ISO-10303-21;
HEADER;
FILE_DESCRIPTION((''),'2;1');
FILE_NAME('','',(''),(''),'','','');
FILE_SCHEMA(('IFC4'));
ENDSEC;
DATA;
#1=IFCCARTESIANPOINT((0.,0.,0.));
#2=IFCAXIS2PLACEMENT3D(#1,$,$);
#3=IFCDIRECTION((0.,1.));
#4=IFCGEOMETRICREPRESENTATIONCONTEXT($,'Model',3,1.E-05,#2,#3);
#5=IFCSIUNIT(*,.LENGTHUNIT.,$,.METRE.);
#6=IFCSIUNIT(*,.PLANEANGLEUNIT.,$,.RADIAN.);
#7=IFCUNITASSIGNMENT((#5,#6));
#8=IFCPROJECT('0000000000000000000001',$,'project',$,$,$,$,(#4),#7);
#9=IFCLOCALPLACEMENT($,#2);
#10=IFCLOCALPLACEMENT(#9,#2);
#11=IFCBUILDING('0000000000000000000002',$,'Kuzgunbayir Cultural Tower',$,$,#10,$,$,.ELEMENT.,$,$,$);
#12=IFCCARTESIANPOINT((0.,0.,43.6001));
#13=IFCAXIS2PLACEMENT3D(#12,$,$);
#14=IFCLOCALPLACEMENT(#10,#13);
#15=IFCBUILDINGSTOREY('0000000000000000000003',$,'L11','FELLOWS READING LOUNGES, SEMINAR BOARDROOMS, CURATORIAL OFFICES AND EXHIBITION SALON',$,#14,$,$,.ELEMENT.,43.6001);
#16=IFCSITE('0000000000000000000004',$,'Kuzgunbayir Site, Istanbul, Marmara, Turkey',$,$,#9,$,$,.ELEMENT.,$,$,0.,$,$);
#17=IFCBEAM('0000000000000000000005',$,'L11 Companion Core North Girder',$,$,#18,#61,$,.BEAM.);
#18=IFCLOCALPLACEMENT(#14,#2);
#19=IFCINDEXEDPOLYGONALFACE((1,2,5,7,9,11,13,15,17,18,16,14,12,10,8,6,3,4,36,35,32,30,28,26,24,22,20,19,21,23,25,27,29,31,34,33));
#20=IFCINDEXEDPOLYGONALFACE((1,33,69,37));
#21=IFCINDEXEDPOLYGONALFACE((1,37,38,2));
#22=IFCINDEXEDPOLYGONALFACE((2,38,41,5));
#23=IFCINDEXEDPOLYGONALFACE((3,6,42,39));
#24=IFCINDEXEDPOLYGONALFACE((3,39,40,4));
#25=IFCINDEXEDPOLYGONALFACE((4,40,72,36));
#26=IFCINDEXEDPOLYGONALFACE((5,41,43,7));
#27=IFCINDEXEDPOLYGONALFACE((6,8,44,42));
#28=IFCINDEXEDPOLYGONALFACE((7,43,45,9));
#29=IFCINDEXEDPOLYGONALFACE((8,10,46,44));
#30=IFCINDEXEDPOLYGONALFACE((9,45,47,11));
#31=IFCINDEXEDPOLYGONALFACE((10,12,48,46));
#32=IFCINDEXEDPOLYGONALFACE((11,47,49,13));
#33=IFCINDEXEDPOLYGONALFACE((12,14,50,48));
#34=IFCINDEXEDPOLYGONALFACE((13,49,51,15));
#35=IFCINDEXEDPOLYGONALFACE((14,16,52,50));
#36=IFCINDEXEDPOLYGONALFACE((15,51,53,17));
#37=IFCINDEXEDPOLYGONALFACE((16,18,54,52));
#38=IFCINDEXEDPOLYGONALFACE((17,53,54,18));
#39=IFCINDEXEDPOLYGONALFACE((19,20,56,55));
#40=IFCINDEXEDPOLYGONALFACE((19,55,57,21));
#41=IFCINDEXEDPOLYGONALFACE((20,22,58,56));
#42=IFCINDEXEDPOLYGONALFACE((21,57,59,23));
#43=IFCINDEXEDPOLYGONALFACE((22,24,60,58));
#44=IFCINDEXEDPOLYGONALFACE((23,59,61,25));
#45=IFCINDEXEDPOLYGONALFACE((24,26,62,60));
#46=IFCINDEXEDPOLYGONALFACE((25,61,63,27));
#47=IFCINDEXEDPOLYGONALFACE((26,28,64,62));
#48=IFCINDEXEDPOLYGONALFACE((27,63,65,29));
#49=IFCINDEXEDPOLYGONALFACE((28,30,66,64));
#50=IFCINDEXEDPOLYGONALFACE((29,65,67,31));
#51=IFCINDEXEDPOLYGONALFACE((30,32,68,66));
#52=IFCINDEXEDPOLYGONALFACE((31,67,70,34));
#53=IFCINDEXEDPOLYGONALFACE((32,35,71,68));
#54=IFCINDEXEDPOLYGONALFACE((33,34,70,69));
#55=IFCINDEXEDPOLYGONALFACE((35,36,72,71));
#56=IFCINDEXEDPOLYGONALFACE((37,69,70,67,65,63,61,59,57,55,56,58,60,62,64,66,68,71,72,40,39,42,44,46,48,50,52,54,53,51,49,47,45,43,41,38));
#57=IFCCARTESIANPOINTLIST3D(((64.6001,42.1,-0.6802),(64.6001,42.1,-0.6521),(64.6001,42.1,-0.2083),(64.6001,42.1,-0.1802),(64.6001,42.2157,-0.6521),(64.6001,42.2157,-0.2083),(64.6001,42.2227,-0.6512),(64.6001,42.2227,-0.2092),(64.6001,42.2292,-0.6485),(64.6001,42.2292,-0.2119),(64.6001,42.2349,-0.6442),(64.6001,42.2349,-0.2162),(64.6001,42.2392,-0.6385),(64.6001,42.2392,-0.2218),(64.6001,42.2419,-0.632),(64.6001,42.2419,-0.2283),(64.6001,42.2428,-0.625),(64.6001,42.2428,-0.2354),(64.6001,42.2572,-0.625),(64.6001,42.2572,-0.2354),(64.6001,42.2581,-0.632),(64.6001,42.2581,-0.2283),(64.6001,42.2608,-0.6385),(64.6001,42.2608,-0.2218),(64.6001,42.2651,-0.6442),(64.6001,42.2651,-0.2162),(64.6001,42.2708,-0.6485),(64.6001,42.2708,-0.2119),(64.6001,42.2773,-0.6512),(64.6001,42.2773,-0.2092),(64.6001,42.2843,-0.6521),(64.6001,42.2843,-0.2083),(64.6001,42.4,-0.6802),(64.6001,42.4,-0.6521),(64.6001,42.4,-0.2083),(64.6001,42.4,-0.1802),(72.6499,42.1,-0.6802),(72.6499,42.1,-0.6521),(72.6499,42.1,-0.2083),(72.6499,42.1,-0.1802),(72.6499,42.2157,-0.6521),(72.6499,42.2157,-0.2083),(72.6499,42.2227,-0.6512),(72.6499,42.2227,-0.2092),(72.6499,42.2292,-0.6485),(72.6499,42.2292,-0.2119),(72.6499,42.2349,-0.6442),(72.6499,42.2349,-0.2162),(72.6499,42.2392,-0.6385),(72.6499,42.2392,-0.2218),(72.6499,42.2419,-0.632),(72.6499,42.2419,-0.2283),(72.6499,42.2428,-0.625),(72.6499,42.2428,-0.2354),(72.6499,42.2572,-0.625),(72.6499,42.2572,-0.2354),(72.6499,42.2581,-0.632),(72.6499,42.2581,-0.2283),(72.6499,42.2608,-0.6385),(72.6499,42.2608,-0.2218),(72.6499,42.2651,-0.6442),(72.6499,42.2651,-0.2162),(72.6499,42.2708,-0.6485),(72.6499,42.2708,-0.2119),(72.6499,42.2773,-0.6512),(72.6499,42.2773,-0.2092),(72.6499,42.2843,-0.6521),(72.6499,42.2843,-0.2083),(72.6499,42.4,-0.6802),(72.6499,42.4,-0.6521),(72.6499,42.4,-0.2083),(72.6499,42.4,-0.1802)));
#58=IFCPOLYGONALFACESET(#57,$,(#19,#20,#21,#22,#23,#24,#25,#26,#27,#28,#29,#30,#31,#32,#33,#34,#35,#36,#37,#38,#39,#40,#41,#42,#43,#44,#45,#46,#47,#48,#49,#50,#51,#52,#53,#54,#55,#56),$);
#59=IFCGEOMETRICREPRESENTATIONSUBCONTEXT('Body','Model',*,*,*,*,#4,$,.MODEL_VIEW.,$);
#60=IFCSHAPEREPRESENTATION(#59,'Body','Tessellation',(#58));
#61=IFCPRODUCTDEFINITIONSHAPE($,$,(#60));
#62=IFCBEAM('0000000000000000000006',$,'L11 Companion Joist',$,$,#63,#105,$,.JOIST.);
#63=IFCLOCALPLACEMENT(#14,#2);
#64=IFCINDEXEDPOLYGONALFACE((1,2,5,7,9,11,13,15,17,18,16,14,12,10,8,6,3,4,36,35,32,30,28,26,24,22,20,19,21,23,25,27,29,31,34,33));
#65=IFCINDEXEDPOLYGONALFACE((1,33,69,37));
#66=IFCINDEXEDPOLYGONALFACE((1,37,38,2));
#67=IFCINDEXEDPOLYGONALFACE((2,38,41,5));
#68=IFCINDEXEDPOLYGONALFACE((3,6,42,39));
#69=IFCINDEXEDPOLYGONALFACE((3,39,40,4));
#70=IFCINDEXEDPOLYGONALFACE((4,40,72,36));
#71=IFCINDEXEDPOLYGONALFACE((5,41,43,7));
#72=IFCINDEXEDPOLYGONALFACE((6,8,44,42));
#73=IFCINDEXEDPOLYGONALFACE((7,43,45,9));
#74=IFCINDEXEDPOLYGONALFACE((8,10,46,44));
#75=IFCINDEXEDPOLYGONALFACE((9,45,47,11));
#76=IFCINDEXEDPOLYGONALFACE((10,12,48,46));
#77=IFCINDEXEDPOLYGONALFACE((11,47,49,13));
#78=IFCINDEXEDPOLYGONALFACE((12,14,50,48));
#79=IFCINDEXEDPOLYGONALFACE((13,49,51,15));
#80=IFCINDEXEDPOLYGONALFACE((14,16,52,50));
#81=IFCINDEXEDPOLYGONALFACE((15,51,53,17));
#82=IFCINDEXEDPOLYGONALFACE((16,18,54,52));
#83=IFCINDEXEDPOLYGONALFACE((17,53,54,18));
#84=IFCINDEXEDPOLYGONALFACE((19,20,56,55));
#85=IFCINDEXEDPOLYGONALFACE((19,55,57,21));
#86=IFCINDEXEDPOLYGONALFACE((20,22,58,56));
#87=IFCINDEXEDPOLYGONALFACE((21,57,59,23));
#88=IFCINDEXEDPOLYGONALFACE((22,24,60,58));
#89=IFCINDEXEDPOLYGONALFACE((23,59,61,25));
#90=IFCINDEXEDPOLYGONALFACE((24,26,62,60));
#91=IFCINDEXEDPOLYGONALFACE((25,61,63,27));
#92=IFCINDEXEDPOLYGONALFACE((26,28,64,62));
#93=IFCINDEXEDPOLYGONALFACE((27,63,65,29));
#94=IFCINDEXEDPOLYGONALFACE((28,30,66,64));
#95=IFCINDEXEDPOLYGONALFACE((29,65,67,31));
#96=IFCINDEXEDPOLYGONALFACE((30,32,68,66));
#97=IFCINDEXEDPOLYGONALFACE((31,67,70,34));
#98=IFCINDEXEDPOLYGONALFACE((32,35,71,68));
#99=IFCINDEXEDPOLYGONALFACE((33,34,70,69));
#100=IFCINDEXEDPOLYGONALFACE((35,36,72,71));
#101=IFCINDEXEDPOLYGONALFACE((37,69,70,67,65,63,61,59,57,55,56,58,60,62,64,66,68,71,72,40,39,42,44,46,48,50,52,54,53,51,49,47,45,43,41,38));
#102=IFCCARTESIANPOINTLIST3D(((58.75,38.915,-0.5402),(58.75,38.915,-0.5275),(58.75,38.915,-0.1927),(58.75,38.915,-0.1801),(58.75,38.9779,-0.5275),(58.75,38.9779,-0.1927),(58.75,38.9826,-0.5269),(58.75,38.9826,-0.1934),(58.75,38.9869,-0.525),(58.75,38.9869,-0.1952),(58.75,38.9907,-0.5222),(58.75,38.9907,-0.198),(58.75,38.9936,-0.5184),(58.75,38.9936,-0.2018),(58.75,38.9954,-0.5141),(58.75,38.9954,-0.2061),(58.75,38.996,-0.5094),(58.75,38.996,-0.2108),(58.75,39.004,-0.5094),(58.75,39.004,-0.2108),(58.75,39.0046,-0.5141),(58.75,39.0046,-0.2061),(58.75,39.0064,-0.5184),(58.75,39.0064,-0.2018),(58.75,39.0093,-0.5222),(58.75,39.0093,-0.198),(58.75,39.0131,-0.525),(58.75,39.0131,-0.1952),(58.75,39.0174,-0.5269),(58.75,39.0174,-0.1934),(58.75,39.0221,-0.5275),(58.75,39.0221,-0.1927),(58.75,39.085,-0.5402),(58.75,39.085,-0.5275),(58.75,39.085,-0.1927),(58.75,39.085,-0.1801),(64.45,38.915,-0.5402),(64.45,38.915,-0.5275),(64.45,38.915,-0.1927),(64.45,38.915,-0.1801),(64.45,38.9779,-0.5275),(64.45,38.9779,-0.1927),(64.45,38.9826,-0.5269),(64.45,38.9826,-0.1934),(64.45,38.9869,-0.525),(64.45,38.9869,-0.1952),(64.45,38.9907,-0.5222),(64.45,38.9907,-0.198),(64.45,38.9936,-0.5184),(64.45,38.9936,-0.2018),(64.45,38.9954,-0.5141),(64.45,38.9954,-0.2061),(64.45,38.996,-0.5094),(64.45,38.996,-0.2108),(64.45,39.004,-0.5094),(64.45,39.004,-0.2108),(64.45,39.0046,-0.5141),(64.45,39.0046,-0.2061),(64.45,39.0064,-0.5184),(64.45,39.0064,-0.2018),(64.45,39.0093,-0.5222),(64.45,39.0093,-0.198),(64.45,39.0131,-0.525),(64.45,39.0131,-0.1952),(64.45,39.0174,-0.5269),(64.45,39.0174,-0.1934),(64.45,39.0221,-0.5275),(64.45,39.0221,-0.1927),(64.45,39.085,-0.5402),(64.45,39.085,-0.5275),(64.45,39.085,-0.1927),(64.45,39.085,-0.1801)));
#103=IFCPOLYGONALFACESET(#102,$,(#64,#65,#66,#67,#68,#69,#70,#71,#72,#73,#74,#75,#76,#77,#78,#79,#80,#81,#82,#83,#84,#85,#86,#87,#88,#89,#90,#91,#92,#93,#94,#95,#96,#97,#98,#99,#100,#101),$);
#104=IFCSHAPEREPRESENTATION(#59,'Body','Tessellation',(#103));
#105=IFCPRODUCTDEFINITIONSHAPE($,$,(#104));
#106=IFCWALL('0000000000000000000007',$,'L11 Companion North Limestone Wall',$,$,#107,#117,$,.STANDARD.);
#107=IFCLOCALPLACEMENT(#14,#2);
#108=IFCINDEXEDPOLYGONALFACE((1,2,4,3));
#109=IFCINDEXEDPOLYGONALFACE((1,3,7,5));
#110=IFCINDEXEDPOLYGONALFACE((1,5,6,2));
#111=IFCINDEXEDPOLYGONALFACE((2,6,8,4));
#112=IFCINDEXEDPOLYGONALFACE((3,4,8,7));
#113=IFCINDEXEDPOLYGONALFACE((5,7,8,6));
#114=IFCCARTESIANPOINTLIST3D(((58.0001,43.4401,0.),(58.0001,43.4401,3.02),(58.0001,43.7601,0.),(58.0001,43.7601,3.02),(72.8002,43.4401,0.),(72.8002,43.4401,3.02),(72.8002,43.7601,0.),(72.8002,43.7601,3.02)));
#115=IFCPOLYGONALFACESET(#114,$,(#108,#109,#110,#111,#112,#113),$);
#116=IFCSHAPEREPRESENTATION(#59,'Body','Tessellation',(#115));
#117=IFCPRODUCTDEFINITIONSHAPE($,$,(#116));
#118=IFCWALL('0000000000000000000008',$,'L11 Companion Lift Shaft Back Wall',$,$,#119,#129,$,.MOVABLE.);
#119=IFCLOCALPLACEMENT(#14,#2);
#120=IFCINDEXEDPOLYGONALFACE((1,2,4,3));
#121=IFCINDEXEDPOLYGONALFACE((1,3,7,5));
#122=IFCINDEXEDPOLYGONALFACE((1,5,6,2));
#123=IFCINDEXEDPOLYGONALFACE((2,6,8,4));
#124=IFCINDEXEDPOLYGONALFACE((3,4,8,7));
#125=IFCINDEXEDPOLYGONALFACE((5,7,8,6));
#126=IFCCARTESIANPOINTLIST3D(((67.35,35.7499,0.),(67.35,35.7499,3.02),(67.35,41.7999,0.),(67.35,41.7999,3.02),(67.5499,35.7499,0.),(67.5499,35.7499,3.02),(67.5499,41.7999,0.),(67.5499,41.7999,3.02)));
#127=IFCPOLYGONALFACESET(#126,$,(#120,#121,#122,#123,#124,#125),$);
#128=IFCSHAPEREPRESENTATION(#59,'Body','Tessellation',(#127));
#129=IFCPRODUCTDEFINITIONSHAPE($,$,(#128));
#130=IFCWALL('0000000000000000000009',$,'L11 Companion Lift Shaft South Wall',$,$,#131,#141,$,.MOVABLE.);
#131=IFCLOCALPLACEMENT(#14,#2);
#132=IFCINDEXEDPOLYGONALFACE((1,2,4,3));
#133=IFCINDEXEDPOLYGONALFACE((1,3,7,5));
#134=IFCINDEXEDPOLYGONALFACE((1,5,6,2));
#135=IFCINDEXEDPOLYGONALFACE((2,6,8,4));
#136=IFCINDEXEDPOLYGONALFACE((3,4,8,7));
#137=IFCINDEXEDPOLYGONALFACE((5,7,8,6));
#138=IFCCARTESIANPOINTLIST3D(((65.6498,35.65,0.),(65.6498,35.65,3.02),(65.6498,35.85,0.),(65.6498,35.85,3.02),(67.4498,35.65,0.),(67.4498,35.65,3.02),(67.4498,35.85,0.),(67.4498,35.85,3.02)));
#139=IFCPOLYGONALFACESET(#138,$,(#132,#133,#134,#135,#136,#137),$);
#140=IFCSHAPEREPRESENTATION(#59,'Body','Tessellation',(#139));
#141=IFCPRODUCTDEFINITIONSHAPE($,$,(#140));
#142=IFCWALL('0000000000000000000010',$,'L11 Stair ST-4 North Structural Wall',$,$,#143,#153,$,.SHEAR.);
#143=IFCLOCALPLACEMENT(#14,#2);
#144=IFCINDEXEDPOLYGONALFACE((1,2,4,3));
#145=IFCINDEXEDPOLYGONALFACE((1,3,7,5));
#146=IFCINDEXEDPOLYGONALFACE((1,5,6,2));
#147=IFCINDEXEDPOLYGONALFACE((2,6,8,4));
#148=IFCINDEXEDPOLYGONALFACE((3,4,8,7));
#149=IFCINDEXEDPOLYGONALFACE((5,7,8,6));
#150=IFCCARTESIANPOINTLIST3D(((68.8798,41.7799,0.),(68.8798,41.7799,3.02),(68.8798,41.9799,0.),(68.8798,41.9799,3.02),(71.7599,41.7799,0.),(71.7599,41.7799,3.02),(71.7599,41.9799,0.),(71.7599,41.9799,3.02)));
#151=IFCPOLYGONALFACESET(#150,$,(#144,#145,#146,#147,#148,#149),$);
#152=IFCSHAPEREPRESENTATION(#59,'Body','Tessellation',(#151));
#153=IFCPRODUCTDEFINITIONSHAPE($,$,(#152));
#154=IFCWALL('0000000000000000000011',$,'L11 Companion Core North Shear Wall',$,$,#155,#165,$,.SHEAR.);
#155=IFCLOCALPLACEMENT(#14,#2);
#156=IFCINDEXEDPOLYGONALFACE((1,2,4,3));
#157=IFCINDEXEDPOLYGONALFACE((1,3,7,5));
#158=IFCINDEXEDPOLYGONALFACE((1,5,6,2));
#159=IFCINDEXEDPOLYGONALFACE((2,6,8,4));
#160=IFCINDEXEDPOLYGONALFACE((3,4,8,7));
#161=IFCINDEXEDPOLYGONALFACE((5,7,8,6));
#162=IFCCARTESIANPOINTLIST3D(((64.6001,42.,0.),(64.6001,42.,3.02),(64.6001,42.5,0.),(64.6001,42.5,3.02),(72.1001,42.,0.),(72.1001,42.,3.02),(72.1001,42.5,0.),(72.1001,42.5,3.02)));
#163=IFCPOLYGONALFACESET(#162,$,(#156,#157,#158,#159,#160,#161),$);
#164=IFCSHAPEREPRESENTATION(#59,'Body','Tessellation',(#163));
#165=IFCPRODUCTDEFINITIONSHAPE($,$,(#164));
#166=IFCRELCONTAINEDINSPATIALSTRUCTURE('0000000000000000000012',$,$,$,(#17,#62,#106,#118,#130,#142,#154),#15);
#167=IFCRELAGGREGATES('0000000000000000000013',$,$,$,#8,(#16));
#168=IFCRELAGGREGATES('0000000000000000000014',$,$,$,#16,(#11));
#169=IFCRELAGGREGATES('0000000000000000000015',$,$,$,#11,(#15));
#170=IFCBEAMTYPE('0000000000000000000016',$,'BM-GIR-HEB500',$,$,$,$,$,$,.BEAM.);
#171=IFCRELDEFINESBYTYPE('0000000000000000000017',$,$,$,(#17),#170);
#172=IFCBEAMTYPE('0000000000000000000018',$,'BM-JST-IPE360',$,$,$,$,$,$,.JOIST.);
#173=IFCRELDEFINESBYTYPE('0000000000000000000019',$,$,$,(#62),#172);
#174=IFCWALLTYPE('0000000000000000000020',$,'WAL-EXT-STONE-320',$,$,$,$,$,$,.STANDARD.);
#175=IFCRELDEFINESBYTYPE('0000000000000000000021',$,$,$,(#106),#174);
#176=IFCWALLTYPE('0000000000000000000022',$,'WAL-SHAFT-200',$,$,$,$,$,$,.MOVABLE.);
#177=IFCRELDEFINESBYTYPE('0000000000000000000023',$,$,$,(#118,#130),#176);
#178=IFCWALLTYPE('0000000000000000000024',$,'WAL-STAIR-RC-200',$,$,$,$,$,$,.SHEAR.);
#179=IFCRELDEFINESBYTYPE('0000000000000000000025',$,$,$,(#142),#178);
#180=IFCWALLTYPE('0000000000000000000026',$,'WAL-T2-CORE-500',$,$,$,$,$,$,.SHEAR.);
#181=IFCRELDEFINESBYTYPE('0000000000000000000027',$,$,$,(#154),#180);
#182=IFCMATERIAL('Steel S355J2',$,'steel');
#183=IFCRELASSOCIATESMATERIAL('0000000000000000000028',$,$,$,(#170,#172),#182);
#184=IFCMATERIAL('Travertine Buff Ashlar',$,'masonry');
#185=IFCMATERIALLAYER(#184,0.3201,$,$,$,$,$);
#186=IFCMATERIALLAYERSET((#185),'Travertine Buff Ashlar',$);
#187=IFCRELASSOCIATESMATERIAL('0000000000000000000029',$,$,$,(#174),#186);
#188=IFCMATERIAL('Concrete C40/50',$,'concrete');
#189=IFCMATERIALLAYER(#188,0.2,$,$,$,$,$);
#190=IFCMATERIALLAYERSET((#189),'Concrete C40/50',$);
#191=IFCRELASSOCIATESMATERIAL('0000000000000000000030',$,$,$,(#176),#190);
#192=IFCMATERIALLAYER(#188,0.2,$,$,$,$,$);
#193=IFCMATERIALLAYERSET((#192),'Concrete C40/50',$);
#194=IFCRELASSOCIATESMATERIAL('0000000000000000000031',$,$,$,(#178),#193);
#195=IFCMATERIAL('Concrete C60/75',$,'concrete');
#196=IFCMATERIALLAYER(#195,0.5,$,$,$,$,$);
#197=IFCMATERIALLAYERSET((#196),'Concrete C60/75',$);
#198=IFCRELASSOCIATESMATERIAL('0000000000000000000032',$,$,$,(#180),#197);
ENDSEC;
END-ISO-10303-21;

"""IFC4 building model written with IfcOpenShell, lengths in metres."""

from ifc_helpers import new_model, si_unit, direction, frame, frame_2d, origin, origin_2d, place, context, subcontext, project, spatial, rectangle, i_section, extrude, material, layer, layer_set, material_profile, profile_set, type_object, element, save


model = new_model("IFC4")

# Units and contexts
model_context = context("Model", 3, precision=1e-05, world=origin(), true_north=direction((0.0, 1.0)))
body_context = subcontext(model_context, "Body", "Model", "MODEL_VIEW")
ifc_project = project(units=[si_unit("LENGTHUNIT", "METRE"), si_unit("PLANEANGLEUNIT", "RADIAN")], contexts=[model_context])

# Site, building, storey
site_placement = place(None, origin())
site = spatial("IfcSite", under=ifc_project, at=site_placement, Name="Kuzgunbayir Site, Istanbul, Marmara, Turkey", CompositionType="ELEMENT", RefElevation=0.0)
building_placement = place(site_placement, origin())
building = spatial("IfcBuilding", under=site, at=building_placement, Name="Kuzgunbayir Cultural Tower", CompositionType="ELEMENT")
storey_placement = place(building_placement, frame((0.0, 0.0, 43.6001)))
storey = spatial("IfcBuildingStorey", under=building, at=storey_placement, Name="L11", Description="FELLOWS READING LOUNGES, SEMINAR BOARDROOMS, CURATORIAL OFFICES AND EXHIBITION SALON", CompositionType="ELEMENT", Elevation=43.6001)

# Shared definitions
ifc_material_1 = material(Name="Concrete C60/75", Category="concrete")

# Beams
ifc_material_2 = material(Name="Steel S355J2", Category="steel")
ifc_material_profile_1 = material_profile(ifc_material_2, i_section(OverallWidth=0.3, OverallDepth=0.5, WebThickness=0.0144, FlangeThickness=0.0281, FilletRadius=0.0271, at=origin_2d()), Name="HEB 500")
ifc_profile_set_1 = profile_set([ifc_material_profile_1], Name="Steel S355J2")
beam_type_1 = type_object("IfcBeamType", Name="BM-GIR-HEB500", PredefinedType="BEAM", material=ifc_profile_set_1)
beam_1_placement = place(storey_placement, frame((64.6001, 42.25, -0.4302), z_axis=(1.0, 0.0, 0.0), x_axis=(0.0, 1.0, 0.0)))
element("IfcBeam", 1, at=beam_1_placement, inside=storey, type_object=beam_type_1, Name="L11 Companion Core North Girder", PredefinedType="BEAM", context=body_context, shape_type="SweptSolid", body=[
    extrude(i_section(OverallWidth=0.3, OverallDepth=0.5, WebThickness=0.0144, FlangeThickness=0.0281, FilletRadius=0.0271, at=origin_2d()), origin(), (0.0, 0.0, 1.0), 8.0498),
])
ifc_material_profile_2 = material_profile(ifc_material_2, i_section(OverallWidth=0.1699, OverallDepth=0.3601, WebThickness=0.0081, FlangeThickness=0.0127, FilletRadius=0.0181, at=origin_2d()), Name="IPE 360")
ifc_profile_set_2 = profile_set([ifc_material_profile_2], Name="Steel S355J2")
beam_type_2 = type_object("IfcBeamType", Name="BM-JST-IPE360", PredefinedType="JOIST", material=ifc_profile_set_2)
beam_2_placement = place(storey_placement, frame((58.75, 39.0, -0.3601), z_axis=(1.0, 0.0, 0.0), x_axis=(0.0, 1.0, 0.0)))
element("IfcBeam", 2, at=beam_2_placement, inside=storey, type_object=beam_type_2, Name="L11 Companion Joist", PredefinedType="JOIST", context=body_context, shape_type="SweptSolid", body=[
    extrude(i_section(OverallWidth=0.1699, OverallDepth=0.3601, WebThickness=0.0081, FlangeThickness=0.0127, FilletRadius=0.0181, at=origin_2d()), origin(), (0.0, 0.0, 1.0), 5.7),
])

# Wall
ifc_material_3 = material(Name="Travertine Buff Ashlar", Category="masonry")
ifc_layer_1 = layer(ifc_material_3, 0.3201)
ifc_layer_set_1 = layer_set([ifc_layer_1], Name="Travertine Buff Ashlar")
wall_type_1 = type_object("IfcWallType", Name="WAL-EXT-STONE-320", PredefinedType="STANDARD", material=ifc_layer_set_1)
wall_1_placement = place(storey_placement, frame((72.8, 43.6001, 0.0), z_axis=(0.0, 0.0, 1.0), x_axis=(-1.0, 0.0, 0.0)))
element("IfcWall", 3, at=wall_1_placement, inside=storey, type_object=wall_type_1, Name="L11 Companion North Limestone Wall", PredefinedType="STANDARD", context=body_context, shape_type="SweptSolid", body=[
    extrude(rectangle(XDim=14.8, YDim=0.3201, at=frame_2d((7.3999, 0.0))), origin(), (0.0, 0.0, 1.0), 3.02),
])

# Shared definitions
ifc_material_4 = material(Name="Concrete C40/50", Category="concrete")
ifc_layer_2 = layer(ifc_material_4, 0.2)
ifc_layer_set_2 = layer_set([ifc_layer_2], Name="Concrete C40/50")
wall_type_2 = type_object("IfcWallType", Name="WAL-SHAFT-200", PredefinedType="MOVABLE", material=ifc_layer_set_2)

# Walls
wall_2_placement = place(storey_placement, frame((67.45, 35.75, 0.0), z_axis=(0.0, 0.0, 1.0), x_axis=(0.0, 1.0, 0.0)))
element("IfcWall", 4, at=wall_2_placement, inside=storey, type_object=wall_type_2, Name="L11 Companion Lift Shaft Back Wall", PredefinedType="MOVABLE", context=body_context, shape_type="SweptSolid", body=[
    extrude(rectangle(XDim=6.05, YDim=0.2, at=frame_2d((3.0249, 0.0))), origin(), (0.0, 0.0, 1.0), 3.02),
])
wall_3_placement = place(storey_placement, frame((65.6499, 35.75, 0.0), z_axis=(0.0, 0.0, 1.0), x_axis=(1.0, 0.0, 0.0)))
element("IfcWall", 5, at=wall_3_placement, inside=storey, type_object=wall_type_2, Name="L11 Companion Lift Shaft South Wall", PredefinedType="MOVABLE", context=body_context, shape_type="SweptSolid", body=[
    extrude(rectangle(XDim=1.8, YDim=0.2, at=frame_2d((0.8999, 0.0))), origin(), (0.0, 0.0, 1.0), 3.02),
])
ifc_layer_3 = layer(ifc_material_4, 0.2)
ifc_layer_set_3 = layer_set([ifc_layer_3], Name="Concrete C40/50")
wall_type_3 = type_object("IfcWallType", Name="WAL-STAIR-RC-200", PredefinedType="SHEAR", material=ifc_layer_set_3)
wall_4_placement = place(storey_placement, frame((68.8799, 41.8799, 0.0), z_axis=(0.0, 0.0, 1.0), x_axis=(1.0, 0.0, 0.0)))
element("IfcWall", 6, at=wall_4_placement, inside=storey, type_object=wall_type_3, Name="L11 Stair ST-4 North Structural Wall", PredefinedType="SHEAR", context=body_context, shape_type="SweptSolid", body=[
    extrude(rectangle(XDim=2.8801, YDim=0.2, at=frame_2d((1.4399, 0.0))), origin(), (0.0, 0.0, 1.0), 3.02),
])
ifc_layer_4 = layer(ifc_material_1, 0.5)
ifc_layer_set_4 = layer_set([ifc_layer_4], Name="Concrete C60/75")
wall_type_4 = type_object("IfcWallType", Name="WAL-T2-CORE-500", PredefinedType="SHEAR", material=ifc_layer_set_4)
wall_5_placement = place(storey_placement, frame((64.6001, 42.25, 0.0), z_axis=(0.0, 0.0, 1.0), x_axis=(1.0, 0.0, 0.0)))
element("IfcWall", 7, at=wall_5_placement, inside=storey, type_object=wall_type_4, Name="L11 Companion Core North Shear Wall", PredefinedType="SHEAR", context=body_context, shape_type="SweptSolid", body=[
    extrude(rectangle(XDim=7.5, YDim=0.5, at=frame_2d((3.75, 0.0))), origin(), (0.0, 0.0, 1.0), 3.02),
])

save(model, "model.ifc")
